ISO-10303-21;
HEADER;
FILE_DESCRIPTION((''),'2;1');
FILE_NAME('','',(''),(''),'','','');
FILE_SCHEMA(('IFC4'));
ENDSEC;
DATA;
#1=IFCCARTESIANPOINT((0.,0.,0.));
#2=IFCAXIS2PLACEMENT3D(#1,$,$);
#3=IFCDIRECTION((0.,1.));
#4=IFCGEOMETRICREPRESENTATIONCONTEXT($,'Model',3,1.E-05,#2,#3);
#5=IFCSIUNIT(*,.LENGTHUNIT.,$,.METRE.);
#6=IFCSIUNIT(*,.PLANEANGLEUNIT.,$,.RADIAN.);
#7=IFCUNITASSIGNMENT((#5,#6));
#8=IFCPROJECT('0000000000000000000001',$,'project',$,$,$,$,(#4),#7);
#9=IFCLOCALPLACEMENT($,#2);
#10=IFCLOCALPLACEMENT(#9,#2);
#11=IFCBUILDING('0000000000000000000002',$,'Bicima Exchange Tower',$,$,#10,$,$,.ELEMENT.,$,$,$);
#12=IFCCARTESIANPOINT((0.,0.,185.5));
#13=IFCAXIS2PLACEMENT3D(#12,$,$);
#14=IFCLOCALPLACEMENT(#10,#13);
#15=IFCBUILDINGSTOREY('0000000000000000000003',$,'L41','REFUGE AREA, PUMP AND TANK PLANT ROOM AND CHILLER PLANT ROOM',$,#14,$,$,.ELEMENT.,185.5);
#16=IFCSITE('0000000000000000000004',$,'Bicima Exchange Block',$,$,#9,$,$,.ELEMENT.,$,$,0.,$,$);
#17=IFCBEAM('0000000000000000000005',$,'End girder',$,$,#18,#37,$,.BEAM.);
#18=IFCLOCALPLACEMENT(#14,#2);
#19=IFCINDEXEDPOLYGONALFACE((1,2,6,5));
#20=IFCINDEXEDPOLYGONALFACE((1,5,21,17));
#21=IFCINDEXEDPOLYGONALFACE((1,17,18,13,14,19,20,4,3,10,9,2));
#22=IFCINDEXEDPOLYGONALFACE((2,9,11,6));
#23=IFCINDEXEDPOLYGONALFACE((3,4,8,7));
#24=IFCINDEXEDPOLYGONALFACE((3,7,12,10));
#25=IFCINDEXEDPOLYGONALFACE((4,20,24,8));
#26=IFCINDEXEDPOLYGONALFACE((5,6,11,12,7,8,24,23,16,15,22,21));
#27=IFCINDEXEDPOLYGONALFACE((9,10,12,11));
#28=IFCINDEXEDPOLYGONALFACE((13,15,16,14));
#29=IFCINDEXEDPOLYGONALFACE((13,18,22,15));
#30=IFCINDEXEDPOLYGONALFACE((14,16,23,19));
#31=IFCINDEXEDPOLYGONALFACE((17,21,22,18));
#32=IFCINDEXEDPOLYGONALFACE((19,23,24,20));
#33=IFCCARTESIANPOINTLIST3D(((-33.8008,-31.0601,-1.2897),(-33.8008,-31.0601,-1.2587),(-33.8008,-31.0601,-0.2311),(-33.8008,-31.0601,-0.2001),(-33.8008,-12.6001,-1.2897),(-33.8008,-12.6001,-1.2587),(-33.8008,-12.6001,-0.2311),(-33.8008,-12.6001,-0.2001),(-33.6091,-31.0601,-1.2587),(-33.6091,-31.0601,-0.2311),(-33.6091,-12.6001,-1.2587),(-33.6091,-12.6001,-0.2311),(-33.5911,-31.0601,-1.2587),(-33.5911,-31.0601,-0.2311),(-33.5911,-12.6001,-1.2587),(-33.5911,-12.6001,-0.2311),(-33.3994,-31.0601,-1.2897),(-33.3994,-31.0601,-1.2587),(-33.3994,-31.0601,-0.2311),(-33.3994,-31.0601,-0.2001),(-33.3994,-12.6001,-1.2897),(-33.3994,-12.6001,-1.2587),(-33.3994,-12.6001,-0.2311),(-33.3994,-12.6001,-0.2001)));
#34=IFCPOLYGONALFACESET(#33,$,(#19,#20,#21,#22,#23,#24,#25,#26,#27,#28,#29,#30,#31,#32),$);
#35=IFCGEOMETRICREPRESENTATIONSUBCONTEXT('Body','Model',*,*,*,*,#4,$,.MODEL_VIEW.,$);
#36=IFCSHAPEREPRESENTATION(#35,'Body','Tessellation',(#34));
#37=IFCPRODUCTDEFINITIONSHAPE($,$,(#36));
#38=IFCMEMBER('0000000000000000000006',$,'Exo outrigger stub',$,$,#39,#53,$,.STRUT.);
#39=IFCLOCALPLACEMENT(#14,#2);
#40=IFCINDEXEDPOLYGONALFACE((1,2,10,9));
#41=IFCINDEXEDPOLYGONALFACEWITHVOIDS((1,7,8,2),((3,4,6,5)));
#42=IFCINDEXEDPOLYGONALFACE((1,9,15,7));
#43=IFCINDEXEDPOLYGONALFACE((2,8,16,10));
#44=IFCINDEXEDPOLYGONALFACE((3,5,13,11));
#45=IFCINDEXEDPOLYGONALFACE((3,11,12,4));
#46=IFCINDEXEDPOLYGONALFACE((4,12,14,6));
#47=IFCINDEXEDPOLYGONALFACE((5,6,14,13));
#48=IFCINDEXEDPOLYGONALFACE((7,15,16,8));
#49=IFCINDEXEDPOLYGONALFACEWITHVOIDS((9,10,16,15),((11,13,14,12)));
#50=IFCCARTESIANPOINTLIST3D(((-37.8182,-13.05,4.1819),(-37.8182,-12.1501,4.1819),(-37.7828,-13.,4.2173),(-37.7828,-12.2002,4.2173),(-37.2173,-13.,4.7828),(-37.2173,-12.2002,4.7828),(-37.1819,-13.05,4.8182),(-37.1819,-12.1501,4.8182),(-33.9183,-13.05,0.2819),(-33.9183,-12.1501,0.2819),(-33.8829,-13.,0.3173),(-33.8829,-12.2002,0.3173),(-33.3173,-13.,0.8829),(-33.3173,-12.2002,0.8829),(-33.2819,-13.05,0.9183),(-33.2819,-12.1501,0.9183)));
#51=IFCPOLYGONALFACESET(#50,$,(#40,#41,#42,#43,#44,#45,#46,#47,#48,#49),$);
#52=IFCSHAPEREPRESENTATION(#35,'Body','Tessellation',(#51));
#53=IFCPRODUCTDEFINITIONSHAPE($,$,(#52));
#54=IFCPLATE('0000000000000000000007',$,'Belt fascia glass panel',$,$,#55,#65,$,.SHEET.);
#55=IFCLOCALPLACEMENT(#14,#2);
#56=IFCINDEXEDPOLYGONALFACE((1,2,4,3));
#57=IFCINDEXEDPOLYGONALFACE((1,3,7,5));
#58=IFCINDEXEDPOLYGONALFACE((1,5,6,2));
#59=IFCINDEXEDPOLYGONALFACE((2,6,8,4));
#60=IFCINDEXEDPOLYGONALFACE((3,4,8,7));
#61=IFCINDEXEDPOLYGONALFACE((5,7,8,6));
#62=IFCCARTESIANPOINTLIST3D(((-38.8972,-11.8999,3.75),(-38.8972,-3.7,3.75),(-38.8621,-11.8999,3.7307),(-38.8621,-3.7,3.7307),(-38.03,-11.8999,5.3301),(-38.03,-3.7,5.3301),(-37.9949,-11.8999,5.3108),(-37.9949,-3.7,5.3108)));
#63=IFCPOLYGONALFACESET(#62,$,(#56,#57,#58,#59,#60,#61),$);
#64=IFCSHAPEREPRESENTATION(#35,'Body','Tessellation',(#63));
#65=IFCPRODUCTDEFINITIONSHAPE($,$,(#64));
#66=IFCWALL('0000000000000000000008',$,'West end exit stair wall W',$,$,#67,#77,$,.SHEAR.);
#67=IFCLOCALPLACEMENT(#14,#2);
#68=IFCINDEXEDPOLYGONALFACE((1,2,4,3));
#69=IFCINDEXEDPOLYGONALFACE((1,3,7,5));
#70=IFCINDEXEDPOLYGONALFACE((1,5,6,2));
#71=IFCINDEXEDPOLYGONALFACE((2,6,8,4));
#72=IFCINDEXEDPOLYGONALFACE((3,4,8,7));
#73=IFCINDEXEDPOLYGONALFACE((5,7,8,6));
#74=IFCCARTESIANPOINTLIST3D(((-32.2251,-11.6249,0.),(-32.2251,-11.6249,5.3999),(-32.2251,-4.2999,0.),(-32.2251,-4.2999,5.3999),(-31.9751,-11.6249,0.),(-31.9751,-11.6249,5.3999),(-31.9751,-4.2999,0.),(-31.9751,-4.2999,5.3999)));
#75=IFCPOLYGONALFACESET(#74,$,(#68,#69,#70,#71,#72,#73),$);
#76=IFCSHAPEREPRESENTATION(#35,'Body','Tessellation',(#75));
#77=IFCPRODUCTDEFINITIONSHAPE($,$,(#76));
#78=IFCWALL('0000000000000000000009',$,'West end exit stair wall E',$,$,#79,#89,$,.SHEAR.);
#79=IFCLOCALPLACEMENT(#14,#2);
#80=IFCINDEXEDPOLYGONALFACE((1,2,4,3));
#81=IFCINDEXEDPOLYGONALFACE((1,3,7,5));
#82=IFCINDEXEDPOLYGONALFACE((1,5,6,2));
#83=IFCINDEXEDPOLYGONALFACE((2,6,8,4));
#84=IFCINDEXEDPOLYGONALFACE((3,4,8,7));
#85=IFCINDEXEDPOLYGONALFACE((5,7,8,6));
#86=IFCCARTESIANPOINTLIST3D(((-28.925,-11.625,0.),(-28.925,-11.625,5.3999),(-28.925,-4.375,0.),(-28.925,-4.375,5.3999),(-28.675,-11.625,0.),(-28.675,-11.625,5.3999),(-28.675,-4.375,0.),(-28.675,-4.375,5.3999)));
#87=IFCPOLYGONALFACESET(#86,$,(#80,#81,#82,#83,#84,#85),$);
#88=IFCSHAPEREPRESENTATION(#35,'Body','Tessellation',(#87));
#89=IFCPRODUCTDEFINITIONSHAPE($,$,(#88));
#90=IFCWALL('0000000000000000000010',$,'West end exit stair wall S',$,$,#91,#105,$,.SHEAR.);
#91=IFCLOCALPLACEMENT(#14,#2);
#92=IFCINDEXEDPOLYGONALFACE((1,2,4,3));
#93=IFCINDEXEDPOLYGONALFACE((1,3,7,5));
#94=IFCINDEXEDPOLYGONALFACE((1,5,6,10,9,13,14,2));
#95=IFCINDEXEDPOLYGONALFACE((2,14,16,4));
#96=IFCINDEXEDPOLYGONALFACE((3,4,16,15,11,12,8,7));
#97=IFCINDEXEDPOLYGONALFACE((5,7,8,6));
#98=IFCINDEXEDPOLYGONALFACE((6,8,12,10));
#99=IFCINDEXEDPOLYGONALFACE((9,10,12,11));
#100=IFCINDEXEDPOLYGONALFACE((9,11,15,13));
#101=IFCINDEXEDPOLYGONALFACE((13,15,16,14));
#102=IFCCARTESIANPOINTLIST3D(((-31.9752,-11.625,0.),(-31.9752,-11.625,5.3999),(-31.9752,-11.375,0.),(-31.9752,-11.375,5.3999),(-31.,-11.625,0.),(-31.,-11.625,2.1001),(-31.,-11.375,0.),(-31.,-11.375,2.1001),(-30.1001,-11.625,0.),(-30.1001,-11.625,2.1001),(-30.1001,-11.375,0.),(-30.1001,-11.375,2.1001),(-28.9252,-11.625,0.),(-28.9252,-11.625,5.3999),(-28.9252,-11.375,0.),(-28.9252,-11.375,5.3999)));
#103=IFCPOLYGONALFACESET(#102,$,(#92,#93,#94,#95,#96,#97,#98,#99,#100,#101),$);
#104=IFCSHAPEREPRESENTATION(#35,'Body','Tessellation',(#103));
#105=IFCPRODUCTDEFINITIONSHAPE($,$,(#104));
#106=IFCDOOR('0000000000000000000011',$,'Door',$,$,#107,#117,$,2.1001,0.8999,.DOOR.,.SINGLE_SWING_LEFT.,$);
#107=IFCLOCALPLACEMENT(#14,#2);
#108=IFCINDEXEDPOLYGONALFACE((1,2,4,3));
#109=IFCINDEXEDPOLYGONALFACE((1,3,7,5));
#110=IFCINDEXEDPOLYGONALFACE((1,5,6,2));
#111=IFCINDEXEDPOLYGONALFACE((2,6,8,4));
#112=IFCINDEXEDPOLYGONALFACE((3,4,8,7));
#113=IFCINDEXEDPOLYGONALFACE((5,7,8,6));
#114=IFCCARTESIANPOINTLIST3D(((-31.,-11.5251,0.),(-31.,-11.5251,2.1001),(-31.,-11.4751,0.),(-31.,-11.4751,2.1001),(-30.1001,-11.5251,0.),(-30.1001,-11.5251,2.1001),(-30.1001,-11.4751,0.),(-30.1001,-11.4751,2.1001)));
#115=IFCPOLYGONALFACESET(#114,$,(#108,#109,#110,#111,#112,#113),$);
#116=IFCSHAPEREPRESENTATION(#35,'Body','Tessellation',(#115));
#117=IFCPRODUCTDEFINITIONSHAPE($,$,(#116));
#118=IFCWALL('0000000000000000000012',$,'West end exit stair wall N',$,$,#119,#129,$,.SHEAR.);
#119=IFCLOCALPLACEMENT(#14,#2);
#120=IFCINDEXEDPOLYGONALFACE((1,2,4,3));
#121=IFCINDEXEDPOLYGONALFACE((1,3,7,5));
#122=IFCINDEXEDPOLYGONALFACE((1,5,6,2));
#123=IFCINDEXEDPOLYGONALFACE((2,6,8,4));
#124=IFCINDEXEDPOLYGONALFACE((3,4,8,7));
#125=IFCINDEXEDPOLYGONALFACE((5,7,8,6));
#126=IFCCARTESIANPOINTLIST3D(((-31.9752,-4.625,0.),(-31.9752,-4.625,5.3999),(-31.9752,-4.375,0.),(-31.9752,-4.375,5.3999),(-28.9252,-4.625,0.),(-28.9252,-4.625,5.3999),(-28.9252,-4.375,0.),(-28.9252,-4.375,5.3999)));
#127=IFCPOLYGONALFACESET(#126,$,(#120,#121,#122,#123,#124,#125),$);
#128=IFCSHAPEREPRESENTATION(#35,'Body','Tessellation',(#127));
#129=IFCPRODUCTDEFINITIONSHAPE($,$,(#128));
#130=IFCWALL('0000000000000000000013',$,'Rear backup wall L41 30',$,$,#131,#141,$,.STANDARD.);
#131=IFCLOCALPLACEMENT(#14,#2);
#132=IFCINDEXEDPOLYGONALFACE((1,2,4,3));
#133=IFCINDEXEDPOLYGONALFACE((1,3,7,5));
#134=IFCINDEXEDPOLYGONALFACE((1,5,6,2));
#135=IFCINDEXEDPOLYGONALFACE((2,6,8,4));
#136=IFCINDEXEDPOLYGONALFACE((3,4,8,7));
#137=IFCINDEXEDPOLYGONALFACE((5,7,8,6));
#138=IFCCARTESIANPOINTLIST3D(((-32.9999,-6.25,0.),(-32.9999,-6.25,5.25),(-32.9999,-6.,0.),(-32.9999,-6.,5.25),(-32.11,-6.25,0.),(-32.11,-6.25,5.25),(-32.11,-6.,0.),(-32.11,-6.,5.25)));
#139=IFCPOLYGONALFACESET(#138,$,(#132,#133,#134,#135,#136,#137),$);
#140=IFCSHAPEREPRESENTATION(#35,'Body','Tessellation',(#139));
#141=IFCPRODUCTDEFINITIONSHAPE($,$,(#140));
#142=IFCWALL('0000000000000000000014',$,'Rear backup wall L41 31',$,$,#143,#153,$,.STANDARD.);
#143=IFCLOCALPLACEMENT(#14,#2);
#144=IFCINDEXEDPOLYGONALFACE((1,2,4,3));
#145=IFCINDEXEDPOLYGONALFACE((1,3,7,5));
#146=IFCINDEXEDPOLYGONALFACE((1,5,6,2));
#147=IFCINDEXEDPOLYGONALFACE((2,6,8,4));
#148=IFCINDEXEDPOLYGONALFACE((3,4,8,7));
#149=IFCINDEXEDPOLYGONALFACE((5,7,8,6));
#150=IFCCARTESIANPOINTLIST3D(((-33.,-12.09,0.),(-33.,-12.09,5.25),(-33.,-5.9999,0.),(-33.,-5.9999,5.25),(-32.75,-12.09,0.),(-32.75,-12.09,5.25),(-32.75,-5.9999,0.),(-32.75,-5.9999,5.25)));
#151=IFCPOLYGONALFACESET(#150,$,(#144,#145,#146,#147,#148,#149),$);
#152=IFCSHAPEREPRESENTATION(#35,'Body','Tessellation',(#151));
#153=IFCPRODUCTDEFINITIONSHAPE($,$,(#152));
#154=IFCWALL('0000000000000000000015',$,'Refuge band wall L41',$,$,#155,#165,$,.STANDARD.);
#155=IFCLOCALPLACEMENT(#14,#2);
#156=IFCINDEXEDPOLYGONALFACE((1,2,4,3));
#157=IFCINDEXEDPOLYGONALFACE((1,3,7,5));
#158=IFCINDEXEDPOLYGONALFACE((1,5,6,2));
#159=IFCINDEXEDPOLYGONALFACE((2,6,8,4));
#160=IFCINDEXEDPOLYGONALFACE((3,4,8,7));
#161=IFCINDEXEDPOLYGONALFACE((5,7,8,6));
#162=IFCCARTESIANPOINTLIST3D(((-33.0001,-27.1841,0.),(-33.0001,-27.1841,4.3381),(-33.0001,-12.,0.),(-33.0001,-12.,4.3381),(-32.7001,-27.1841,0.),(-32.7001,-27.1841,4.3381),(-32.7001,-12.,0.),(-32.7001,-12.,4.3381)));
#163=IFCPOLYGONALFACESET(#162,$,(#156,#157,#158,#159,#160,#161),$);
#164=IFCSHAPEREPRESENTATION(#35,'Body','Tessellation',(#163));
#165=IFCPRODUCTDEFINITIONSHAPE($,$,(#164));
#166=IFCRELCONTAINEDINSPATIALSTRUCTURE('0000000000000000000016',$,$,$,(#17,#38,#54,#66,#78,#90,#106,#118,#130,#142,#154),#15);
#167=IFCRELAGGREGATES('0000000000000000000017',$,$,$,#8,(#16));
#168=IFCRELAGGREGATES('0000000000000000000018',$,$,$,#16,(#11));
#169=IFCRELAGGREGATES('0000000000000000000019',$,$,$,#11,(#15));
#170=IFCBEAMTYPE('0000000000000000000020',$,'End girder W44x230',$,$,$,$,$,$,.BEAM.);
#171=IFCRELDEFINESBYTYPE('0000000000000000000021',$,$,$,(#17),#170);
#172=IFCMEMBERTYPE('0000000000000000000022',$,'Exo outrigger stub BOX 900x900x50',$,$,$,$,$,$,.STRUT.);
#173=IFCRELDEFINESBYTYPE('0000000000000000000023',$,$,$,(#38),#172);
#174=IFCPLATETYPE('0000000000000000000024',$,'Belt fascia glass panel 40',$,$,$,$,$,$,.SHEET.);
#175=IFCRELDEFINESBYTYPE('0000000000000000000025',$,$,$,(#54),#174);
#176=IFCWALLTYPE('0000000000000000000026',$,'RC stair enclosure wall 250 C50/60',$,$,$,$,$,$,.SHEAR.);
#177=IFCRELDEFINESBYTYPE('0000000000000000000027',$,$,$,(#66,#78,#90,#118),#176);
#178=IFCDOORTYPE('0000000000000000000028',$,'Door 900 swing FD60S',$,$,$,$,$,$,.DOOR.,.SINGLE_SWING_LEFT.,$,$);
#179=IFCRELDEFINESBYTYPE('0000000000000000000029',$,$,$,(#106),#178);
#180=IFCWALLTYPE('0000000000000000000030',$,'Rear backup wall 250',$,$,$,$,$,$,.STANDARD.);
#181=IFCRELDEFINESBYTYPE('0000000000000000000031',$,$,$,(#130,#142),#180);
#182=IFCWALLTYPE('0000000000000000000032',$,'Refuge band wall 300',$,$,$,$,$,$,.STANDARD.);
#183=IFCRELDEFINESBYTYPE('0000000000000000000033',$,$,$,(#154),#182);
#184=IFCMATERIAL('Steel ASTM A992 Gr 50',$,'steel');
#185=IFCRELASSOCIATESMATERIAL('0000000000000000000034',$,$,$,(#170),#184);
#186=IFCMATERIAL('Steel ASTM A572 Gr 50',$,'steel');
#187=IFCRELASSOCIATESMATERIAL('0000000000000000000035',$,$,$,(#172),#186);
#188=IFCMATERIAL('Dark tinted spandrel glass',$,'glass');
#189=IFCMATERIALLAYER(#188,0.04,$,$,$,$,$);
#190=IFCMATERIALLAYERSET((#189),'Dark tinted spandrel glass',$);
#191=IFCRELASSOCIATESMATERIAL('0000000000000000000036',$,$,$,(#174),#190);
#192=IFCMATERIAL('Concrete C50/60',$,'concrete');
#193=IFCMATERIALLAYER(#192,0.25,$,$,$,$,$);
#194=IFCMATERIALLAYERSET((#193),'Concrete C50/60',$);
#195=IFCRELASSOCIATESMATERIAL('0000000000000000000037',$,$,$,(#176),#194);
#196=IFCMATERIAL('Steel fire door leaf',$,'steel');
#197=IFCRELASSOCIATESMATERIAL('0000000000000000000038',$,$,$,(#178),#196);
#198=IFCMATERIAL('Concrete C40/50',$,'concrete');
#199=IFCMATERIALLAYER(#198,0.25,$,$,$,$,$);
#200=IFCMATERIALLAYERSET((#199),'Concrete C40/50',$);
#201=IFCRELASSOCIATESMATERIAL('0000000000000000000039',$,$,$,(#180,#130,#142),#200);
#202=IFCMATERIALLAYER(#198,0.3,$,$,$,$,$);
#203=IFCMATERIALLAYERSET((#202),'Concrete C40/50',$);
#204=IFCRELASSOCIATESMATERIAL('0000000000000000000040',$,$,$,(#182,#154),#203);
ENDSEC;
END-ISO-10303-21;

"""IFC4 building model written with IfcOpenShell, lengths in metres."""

from ifc_helpers import new_model, si_unit, direction, frame, frame_2d, origin, origin_2d, place, context, subcontext, project, spatial, polyline, rectangle, hollow_rectangle, i_section, outline, extrude, material, layer, layer_set, layer_usage, material_profile, profile_set, type_object, element, fill, save


model = new_model("IFC4")

# Units and contexts
model_context = context("Model", 3, precision=1e-05, world=origin(), true_north=direction((0.0, 1.0)))
body_context = subcontext(model_context, "Body", "Model", "MODEL_VIEW")
ifc_project = project(units=[si_unit("LENGTHUNIT", "METRE"), si_unit("PLANEANGLEUNIT", "RADIAN")], contexts=[model_context])

# Site, building, storey
site_placement = place(None, origin())
site = spatial("IfcSite", under=ifc_project, at=site_placement, Name="Bicima Exchange Block", CompositionType="ELEMENT", RefElevation=0.0)
building_placement = place(site_placement, origin())
building = spatial("IfcBuilding", under=site, at=building_placement, Name="Bicima Exchange Tower", CompositionType="ELEMENT")
storey_placement = place(building_placement, frame((0.0, 0.0, 185.5)))
storey = spatial("IfcBuildingStorey", under=building, at=storey_placement, Name="L41", Description="REFUGE AREA, PUMP AND TANK PLANT ROOM AND CHILLER PLANT ROOM", CompositionType="ELEMENT", Elevation=185.5)

# Shared definitions
ifc_material_1 = material(Name="Steel ASTM A992 Gr 50", Category="steel")

# Shared definitions
ifc_material_2 = material(Name="Steel ASTM A572 Gr 50", Category="steel")

# Beam
ifc_material_profile_1 = material_profile(ifc_material_1, i_section(OverallWidth=0.4014, OverallDepth=1.0896, WebThickness=0.0181, FlangeThickness=0.031, at=origin_2d()))
ifc_profile_set_1 = profile_set([ifc_material_profile_1], Name="Steel ASTM A992 Gr 50")
beam_type_1 = type_object("IfcBeamType", Name="End girder W44x230", PredefinedType="BEAM", material=ifc_profile_set_1)
beam_1_placement = place(storey_placement, frame((-33.6001, -12.6001, -0.7449), z_axis=(0.0, -1.0, 0.0), x_axis=(1.0, 0.0, 0.0)))
element("IfcBeam", 1, at=beam_1_placement, inside=storey, type_object=beam_type_1, Name="End girder", PredefinedType="BEAM", context=body_context, shape_type="SweptSolid", body=[
    extrude(i_section(OverallWidth=0.4014, OverallDepth=1.0896, WebThickness=0.0181, FlangeThickness=0.031, at=origin_2d()), origin(), (0.0, 0.0, 1.0), 18.46),
])

# Member
ifc_material_profile_2 = material_profile(ifc_material_2, hollow_rectangle(XDim=0.8999, YDim=0.8999, WallThickness=0.05, at=origin_2d()))
ifc_profile_set_2 = profile_set([ifc_material_profile_2], Name="Steel ASTM A572 Gr 50")
member_type_1 = type_object("IfcMemberType", Name="Exo outrigger stub BOX 900x900x50", PredefinedType="STRUT", material=ifc_profile_set_2)
member_1_placement = place(storey_placement, frame((-33.6001, -12.6001, 0.6001), z_axis=(-0.707107, 0.0, 0.707107), x_axis=(0.0, -1.0, 0.0)))
element("IfcMember", 2, at=member_1_placement, inside=storey, type_object=member_type_1, Name="Exo outrigger stub", PredefinedType="STRUT", context=body_context, shape_type="SweptSolid", body=[
    extrude(hollow_rectangle(XDim=0.8999, YDim=0.8999, WallThickness=0.05, at=origin_2d()), origin(), (0.0, 0.0, 1.0), 5.5154),
])

# Plate
ifc_material_3 = material(Name="Dark tinted spandrel glass", Category="glass")
ifc_layer_1 = layer(ifc_material_3, 0.04)
ifc_layer_set_1 = layer_set([ifc_layer_1], Name="Dark tinted spandrel glass")
plate_type = type_object("IfcPlateType", Name="Belt fascia glass panel 40", PredefinedType="SHEET", material=ifc_layer_set_1)
plate_placement = place(storey_placement, frame((-38.8972, -3.7, 3.75), z_axis=(-0.87665, 0.0, 0.481128), x_axis=(0.0, -1.0, 0.0)))
element("IfcPlate", 3, at=plate_placement, inside=storey, type_object=plate_type, Name="Belt fascia glass panel", PredefinedType="SHEET", context=body_context, shape_type="SweptSolid", body=[
    extrude(outline(polyline([(0.0, 0.0), (8.2, 0.0), (8.2, 1.8024), (0.0, 1.8024), (0.0, 0.0)])), origin(), (0.0, 0.0, -1.0), 0.04),
])

# Walls
ifc_material_4 = material(Name="Concrete C50/60", Category="concrete")
ifc_layer_2 = layer(ifc_material_4, 0.25)
ifc_layer_set_2 = layer_set([ifc_layer_2], Name="Concrete C50/60")
wall_type_1 = type_object("IfcWallType", Name="RC stair enclosure wall 250 C50/60", PredefinedType="SHEAR", material=ifc_layer_set_2)
wall_1_placement = place(storey_placement, frame((-32.1001, -11.625, 0.0), z_axis=(0.0, 0.0, 1.0), x_axis=(0.0, 1.0, 0.0)))
element("IfcWall", 4, at=wall_1_placement, inside=storey, type_object=wall_type_1, Name="West end exit stair wall W", PredefinedType="SHEAR", context=body_context, shape_type="SweptSolid", body=[
    extrude(rectangle(XDim=7.325, YDim=0.25, at=frame_2d((3.6626, 0.0))), origin(), (0.0, 0.0, 1.0), 5.3999),
])
wall_2_placement = place(storey_placement, frame((-28.8, -11.625, 0.0), z_axis=(0.0, 0.0, 1.0), x_axis=(0.0, 1.0, 0.0)))
element("IfcWall", 5, at=wall_2_placement, inside=storey, type_object=wall_type_1, Name="West end exit stair wall E", PredefinedType="SHEAR", context=body_context, shape_type="SweptSolid", body=[
    extrude(rectangle(XDim=7.25, YDim=0.25, at=frame_2d((3.625, 0.0))), origin(), (0.0, 0.0, 1.0), 5.3999),
])

# Wall, opening, door
wall_3_placement = place(storey_placement, frame((-31.9751, -11.5, 0.0), z_axis=(0.0, 0.0, 1.0), x_axis=(1.0, 0.0, 0.0)))
wall_3 = element("IfcWall", 6, at=wall_3_placement, inside=storey, type_object=wall_type_1, Name="West end exit stair wall S", PredefinedType="SHEAR", context=body_context, shape_type="SweptSolid", body=[
    extrude(rectangle(XDim=3.05, YDim=0.25, at=frame_2d((1.5249, 0.0))), origin(), (0.0, 0.0, 1.0), 5.3999),
])
opening_placement = place(wall_3_placement, frame((0.9751, 0.0, 0.0)))
opening = element("IfcOpeningElement", 7, at=opening_placement, cuts=wall_3, PredefinedType="OPENING", context=body_context, shape_type="SweptSolid", body=[
    extrude(rectangle(XDim=0.8999, YDim=2.1001, at=frame_2d((0.45, 1.05))), frame((0.0, 0.137, 0.0), z_axis=(0.0, -1.0, 0.0), x_axis=(1.0, 0.0, 0.0)), (0.0, 0.0, 1.0), 0.2739),
])
ifc_material_5 = material(Name="Steel fire door leaf", Category="steel")
door_type = type_object("IfcDoorType", Name="Door 900 swing FD60S", OperationType="SINGLE_SWING_LEFT", PredefinedType="DOOR", material=ifc_material_5)
door_placement = place(opening_placement, origin())
door = element("IfcDoor", 8, at=door_placement, inside=storey, type_object=door_type, Name="Door", OperationType="SINGLE_SWING_LEFT", OverallHeight=2.1001, OverallWidth=0.8999, PredefinedType="DOOR", context=body_context, shape_type="SweptSolid", body=[
    extrude(rectangle(XDim=0.8999, YDim=2.1001, at=frame_2d((0.45, 1.05))), frame((0.0, 0.0249, 0.0), z_axis=(0.0, -1.0, 0.0), x_axis=(1.0, 0.0, 0.0)), (0.0, 0.0, 1.0), 0.05),
])
fill(opening, door)

# Walls
wall_4_placement = place(storey_placement, frame((-31.9751, -4.5, 0.0), z_axis=(0.0, 0.0, 1.0), x_axis=(1.0, 0.0, 0.0)))
element("IfcWall", 9, at=wall_4_placement, inside=storey, type_object=wall_type_1, Name="West end exit stair wall N", PredefinedType="SHEAR", context=body_context, shape_type="SweptSolid", body=[
    extrude(rectangle(XDim=3.05, YDim=0.25, at=frame_2d((1.5249, 0.0))), origin(), (0.0, 0.0, 1.0), 5.3999),
])
ifc_material_6 = material(Name="Concrete C40/50", Category="concrete")
ifc_layer_3 = layer(ifc_material_6, 0.25)
ifc_layer_set_3 = layer_set([ifc_layer_3], Name="Concrete C40/50")
ifc_layer_usage_1 = layer_usage(ifc_layer_set_3, "AXIS2", "POSITIVE", -0.125)
wall_type_2 = type_object("IfcWallType", Name="Rear backup wall 250", PredefinedType="STANDARD", material=ifc_layer_set_3)
wall_5_placement = place(storey_placement, frame((-32.1101, -6.125, 0.0), z_axis=(0.0, 0.0, 1.0), x_axis=(-1.0, 0.0, 0.0)))
element("IfcWall", 10, at=wall_5_placement, inside=storey, type_object=wall_type_2, material=ifc_layer_usage_1, Name="Rear backup wall L41 30", PredefinedType="STANDARD", context=body_context, shape_type="SweptSolid", body=[
    extrude(rectangle(XDim=0.8899, YDim=0.25, at=frame_2d((0.4448, 0.0))), origin(), (0.0, 0.0, 1.0), 5.25),
])
wall_6_placement = place(storey_placement, frame((-32.875, -6.0, 0.0), z_axis=(0.0, 0.0, 1.0), x_axis=(0.0, -1.0, 0.0)))
element("IfcWall", 11, at=wall_6_placement, inside=storey, type_object=wall_type_2, material=ifc_layer_usage_1, Name="Rear backup wall L41 31", PredefinedType="STANDARD", context=body_context, shape_type="SweptSolid", body=[
    extrude(rectangle(XDim=6.0901, YDim=0.25, at=frame_2d((3.0449, 0.0))), origin(), (0.0, 0.0, 1.0), 5.25),
])
ifc_layer_4 = layer(ifc_material_6, 0.3)
ifc_layer_set_4 = layer_set([ifc_layer_4], Name="Concrete C40/50")
ifc_layer_usage_2 = layer_usage(ifc_layer_set_4, "AXIS2", "POSITIVE", -0.15)
wall_type_3 = type_object("IfcWallType", Name="Refuge band wall 300", PredefinedType="STANDARD", material=ifc_layer_set_4)
wall_7_placement = place(storey_placement, frame((-32.8501, -12.0, 0.0), z_axis=(0.0, 0.0, 1.0), x_axis=(0.0, -1.0, 0.0)))
element("IfcWall", 12, at=wall_7_placement, inside=storey, type_object=wall_type_3, material=ifc_layer_usage_2, Name="Refuge band wall L41", PredefinedType="STANDARD", context=body_context, shape_type="SweptSolid", body=[
    extrude(rectangle(XDim=15.1841, YDim=0.3, at=frame_2d((7.592, 0.0))), origin(), (0.0, 0.0, 1.0), 4.3381),
])

save(model, "model.ifc")
